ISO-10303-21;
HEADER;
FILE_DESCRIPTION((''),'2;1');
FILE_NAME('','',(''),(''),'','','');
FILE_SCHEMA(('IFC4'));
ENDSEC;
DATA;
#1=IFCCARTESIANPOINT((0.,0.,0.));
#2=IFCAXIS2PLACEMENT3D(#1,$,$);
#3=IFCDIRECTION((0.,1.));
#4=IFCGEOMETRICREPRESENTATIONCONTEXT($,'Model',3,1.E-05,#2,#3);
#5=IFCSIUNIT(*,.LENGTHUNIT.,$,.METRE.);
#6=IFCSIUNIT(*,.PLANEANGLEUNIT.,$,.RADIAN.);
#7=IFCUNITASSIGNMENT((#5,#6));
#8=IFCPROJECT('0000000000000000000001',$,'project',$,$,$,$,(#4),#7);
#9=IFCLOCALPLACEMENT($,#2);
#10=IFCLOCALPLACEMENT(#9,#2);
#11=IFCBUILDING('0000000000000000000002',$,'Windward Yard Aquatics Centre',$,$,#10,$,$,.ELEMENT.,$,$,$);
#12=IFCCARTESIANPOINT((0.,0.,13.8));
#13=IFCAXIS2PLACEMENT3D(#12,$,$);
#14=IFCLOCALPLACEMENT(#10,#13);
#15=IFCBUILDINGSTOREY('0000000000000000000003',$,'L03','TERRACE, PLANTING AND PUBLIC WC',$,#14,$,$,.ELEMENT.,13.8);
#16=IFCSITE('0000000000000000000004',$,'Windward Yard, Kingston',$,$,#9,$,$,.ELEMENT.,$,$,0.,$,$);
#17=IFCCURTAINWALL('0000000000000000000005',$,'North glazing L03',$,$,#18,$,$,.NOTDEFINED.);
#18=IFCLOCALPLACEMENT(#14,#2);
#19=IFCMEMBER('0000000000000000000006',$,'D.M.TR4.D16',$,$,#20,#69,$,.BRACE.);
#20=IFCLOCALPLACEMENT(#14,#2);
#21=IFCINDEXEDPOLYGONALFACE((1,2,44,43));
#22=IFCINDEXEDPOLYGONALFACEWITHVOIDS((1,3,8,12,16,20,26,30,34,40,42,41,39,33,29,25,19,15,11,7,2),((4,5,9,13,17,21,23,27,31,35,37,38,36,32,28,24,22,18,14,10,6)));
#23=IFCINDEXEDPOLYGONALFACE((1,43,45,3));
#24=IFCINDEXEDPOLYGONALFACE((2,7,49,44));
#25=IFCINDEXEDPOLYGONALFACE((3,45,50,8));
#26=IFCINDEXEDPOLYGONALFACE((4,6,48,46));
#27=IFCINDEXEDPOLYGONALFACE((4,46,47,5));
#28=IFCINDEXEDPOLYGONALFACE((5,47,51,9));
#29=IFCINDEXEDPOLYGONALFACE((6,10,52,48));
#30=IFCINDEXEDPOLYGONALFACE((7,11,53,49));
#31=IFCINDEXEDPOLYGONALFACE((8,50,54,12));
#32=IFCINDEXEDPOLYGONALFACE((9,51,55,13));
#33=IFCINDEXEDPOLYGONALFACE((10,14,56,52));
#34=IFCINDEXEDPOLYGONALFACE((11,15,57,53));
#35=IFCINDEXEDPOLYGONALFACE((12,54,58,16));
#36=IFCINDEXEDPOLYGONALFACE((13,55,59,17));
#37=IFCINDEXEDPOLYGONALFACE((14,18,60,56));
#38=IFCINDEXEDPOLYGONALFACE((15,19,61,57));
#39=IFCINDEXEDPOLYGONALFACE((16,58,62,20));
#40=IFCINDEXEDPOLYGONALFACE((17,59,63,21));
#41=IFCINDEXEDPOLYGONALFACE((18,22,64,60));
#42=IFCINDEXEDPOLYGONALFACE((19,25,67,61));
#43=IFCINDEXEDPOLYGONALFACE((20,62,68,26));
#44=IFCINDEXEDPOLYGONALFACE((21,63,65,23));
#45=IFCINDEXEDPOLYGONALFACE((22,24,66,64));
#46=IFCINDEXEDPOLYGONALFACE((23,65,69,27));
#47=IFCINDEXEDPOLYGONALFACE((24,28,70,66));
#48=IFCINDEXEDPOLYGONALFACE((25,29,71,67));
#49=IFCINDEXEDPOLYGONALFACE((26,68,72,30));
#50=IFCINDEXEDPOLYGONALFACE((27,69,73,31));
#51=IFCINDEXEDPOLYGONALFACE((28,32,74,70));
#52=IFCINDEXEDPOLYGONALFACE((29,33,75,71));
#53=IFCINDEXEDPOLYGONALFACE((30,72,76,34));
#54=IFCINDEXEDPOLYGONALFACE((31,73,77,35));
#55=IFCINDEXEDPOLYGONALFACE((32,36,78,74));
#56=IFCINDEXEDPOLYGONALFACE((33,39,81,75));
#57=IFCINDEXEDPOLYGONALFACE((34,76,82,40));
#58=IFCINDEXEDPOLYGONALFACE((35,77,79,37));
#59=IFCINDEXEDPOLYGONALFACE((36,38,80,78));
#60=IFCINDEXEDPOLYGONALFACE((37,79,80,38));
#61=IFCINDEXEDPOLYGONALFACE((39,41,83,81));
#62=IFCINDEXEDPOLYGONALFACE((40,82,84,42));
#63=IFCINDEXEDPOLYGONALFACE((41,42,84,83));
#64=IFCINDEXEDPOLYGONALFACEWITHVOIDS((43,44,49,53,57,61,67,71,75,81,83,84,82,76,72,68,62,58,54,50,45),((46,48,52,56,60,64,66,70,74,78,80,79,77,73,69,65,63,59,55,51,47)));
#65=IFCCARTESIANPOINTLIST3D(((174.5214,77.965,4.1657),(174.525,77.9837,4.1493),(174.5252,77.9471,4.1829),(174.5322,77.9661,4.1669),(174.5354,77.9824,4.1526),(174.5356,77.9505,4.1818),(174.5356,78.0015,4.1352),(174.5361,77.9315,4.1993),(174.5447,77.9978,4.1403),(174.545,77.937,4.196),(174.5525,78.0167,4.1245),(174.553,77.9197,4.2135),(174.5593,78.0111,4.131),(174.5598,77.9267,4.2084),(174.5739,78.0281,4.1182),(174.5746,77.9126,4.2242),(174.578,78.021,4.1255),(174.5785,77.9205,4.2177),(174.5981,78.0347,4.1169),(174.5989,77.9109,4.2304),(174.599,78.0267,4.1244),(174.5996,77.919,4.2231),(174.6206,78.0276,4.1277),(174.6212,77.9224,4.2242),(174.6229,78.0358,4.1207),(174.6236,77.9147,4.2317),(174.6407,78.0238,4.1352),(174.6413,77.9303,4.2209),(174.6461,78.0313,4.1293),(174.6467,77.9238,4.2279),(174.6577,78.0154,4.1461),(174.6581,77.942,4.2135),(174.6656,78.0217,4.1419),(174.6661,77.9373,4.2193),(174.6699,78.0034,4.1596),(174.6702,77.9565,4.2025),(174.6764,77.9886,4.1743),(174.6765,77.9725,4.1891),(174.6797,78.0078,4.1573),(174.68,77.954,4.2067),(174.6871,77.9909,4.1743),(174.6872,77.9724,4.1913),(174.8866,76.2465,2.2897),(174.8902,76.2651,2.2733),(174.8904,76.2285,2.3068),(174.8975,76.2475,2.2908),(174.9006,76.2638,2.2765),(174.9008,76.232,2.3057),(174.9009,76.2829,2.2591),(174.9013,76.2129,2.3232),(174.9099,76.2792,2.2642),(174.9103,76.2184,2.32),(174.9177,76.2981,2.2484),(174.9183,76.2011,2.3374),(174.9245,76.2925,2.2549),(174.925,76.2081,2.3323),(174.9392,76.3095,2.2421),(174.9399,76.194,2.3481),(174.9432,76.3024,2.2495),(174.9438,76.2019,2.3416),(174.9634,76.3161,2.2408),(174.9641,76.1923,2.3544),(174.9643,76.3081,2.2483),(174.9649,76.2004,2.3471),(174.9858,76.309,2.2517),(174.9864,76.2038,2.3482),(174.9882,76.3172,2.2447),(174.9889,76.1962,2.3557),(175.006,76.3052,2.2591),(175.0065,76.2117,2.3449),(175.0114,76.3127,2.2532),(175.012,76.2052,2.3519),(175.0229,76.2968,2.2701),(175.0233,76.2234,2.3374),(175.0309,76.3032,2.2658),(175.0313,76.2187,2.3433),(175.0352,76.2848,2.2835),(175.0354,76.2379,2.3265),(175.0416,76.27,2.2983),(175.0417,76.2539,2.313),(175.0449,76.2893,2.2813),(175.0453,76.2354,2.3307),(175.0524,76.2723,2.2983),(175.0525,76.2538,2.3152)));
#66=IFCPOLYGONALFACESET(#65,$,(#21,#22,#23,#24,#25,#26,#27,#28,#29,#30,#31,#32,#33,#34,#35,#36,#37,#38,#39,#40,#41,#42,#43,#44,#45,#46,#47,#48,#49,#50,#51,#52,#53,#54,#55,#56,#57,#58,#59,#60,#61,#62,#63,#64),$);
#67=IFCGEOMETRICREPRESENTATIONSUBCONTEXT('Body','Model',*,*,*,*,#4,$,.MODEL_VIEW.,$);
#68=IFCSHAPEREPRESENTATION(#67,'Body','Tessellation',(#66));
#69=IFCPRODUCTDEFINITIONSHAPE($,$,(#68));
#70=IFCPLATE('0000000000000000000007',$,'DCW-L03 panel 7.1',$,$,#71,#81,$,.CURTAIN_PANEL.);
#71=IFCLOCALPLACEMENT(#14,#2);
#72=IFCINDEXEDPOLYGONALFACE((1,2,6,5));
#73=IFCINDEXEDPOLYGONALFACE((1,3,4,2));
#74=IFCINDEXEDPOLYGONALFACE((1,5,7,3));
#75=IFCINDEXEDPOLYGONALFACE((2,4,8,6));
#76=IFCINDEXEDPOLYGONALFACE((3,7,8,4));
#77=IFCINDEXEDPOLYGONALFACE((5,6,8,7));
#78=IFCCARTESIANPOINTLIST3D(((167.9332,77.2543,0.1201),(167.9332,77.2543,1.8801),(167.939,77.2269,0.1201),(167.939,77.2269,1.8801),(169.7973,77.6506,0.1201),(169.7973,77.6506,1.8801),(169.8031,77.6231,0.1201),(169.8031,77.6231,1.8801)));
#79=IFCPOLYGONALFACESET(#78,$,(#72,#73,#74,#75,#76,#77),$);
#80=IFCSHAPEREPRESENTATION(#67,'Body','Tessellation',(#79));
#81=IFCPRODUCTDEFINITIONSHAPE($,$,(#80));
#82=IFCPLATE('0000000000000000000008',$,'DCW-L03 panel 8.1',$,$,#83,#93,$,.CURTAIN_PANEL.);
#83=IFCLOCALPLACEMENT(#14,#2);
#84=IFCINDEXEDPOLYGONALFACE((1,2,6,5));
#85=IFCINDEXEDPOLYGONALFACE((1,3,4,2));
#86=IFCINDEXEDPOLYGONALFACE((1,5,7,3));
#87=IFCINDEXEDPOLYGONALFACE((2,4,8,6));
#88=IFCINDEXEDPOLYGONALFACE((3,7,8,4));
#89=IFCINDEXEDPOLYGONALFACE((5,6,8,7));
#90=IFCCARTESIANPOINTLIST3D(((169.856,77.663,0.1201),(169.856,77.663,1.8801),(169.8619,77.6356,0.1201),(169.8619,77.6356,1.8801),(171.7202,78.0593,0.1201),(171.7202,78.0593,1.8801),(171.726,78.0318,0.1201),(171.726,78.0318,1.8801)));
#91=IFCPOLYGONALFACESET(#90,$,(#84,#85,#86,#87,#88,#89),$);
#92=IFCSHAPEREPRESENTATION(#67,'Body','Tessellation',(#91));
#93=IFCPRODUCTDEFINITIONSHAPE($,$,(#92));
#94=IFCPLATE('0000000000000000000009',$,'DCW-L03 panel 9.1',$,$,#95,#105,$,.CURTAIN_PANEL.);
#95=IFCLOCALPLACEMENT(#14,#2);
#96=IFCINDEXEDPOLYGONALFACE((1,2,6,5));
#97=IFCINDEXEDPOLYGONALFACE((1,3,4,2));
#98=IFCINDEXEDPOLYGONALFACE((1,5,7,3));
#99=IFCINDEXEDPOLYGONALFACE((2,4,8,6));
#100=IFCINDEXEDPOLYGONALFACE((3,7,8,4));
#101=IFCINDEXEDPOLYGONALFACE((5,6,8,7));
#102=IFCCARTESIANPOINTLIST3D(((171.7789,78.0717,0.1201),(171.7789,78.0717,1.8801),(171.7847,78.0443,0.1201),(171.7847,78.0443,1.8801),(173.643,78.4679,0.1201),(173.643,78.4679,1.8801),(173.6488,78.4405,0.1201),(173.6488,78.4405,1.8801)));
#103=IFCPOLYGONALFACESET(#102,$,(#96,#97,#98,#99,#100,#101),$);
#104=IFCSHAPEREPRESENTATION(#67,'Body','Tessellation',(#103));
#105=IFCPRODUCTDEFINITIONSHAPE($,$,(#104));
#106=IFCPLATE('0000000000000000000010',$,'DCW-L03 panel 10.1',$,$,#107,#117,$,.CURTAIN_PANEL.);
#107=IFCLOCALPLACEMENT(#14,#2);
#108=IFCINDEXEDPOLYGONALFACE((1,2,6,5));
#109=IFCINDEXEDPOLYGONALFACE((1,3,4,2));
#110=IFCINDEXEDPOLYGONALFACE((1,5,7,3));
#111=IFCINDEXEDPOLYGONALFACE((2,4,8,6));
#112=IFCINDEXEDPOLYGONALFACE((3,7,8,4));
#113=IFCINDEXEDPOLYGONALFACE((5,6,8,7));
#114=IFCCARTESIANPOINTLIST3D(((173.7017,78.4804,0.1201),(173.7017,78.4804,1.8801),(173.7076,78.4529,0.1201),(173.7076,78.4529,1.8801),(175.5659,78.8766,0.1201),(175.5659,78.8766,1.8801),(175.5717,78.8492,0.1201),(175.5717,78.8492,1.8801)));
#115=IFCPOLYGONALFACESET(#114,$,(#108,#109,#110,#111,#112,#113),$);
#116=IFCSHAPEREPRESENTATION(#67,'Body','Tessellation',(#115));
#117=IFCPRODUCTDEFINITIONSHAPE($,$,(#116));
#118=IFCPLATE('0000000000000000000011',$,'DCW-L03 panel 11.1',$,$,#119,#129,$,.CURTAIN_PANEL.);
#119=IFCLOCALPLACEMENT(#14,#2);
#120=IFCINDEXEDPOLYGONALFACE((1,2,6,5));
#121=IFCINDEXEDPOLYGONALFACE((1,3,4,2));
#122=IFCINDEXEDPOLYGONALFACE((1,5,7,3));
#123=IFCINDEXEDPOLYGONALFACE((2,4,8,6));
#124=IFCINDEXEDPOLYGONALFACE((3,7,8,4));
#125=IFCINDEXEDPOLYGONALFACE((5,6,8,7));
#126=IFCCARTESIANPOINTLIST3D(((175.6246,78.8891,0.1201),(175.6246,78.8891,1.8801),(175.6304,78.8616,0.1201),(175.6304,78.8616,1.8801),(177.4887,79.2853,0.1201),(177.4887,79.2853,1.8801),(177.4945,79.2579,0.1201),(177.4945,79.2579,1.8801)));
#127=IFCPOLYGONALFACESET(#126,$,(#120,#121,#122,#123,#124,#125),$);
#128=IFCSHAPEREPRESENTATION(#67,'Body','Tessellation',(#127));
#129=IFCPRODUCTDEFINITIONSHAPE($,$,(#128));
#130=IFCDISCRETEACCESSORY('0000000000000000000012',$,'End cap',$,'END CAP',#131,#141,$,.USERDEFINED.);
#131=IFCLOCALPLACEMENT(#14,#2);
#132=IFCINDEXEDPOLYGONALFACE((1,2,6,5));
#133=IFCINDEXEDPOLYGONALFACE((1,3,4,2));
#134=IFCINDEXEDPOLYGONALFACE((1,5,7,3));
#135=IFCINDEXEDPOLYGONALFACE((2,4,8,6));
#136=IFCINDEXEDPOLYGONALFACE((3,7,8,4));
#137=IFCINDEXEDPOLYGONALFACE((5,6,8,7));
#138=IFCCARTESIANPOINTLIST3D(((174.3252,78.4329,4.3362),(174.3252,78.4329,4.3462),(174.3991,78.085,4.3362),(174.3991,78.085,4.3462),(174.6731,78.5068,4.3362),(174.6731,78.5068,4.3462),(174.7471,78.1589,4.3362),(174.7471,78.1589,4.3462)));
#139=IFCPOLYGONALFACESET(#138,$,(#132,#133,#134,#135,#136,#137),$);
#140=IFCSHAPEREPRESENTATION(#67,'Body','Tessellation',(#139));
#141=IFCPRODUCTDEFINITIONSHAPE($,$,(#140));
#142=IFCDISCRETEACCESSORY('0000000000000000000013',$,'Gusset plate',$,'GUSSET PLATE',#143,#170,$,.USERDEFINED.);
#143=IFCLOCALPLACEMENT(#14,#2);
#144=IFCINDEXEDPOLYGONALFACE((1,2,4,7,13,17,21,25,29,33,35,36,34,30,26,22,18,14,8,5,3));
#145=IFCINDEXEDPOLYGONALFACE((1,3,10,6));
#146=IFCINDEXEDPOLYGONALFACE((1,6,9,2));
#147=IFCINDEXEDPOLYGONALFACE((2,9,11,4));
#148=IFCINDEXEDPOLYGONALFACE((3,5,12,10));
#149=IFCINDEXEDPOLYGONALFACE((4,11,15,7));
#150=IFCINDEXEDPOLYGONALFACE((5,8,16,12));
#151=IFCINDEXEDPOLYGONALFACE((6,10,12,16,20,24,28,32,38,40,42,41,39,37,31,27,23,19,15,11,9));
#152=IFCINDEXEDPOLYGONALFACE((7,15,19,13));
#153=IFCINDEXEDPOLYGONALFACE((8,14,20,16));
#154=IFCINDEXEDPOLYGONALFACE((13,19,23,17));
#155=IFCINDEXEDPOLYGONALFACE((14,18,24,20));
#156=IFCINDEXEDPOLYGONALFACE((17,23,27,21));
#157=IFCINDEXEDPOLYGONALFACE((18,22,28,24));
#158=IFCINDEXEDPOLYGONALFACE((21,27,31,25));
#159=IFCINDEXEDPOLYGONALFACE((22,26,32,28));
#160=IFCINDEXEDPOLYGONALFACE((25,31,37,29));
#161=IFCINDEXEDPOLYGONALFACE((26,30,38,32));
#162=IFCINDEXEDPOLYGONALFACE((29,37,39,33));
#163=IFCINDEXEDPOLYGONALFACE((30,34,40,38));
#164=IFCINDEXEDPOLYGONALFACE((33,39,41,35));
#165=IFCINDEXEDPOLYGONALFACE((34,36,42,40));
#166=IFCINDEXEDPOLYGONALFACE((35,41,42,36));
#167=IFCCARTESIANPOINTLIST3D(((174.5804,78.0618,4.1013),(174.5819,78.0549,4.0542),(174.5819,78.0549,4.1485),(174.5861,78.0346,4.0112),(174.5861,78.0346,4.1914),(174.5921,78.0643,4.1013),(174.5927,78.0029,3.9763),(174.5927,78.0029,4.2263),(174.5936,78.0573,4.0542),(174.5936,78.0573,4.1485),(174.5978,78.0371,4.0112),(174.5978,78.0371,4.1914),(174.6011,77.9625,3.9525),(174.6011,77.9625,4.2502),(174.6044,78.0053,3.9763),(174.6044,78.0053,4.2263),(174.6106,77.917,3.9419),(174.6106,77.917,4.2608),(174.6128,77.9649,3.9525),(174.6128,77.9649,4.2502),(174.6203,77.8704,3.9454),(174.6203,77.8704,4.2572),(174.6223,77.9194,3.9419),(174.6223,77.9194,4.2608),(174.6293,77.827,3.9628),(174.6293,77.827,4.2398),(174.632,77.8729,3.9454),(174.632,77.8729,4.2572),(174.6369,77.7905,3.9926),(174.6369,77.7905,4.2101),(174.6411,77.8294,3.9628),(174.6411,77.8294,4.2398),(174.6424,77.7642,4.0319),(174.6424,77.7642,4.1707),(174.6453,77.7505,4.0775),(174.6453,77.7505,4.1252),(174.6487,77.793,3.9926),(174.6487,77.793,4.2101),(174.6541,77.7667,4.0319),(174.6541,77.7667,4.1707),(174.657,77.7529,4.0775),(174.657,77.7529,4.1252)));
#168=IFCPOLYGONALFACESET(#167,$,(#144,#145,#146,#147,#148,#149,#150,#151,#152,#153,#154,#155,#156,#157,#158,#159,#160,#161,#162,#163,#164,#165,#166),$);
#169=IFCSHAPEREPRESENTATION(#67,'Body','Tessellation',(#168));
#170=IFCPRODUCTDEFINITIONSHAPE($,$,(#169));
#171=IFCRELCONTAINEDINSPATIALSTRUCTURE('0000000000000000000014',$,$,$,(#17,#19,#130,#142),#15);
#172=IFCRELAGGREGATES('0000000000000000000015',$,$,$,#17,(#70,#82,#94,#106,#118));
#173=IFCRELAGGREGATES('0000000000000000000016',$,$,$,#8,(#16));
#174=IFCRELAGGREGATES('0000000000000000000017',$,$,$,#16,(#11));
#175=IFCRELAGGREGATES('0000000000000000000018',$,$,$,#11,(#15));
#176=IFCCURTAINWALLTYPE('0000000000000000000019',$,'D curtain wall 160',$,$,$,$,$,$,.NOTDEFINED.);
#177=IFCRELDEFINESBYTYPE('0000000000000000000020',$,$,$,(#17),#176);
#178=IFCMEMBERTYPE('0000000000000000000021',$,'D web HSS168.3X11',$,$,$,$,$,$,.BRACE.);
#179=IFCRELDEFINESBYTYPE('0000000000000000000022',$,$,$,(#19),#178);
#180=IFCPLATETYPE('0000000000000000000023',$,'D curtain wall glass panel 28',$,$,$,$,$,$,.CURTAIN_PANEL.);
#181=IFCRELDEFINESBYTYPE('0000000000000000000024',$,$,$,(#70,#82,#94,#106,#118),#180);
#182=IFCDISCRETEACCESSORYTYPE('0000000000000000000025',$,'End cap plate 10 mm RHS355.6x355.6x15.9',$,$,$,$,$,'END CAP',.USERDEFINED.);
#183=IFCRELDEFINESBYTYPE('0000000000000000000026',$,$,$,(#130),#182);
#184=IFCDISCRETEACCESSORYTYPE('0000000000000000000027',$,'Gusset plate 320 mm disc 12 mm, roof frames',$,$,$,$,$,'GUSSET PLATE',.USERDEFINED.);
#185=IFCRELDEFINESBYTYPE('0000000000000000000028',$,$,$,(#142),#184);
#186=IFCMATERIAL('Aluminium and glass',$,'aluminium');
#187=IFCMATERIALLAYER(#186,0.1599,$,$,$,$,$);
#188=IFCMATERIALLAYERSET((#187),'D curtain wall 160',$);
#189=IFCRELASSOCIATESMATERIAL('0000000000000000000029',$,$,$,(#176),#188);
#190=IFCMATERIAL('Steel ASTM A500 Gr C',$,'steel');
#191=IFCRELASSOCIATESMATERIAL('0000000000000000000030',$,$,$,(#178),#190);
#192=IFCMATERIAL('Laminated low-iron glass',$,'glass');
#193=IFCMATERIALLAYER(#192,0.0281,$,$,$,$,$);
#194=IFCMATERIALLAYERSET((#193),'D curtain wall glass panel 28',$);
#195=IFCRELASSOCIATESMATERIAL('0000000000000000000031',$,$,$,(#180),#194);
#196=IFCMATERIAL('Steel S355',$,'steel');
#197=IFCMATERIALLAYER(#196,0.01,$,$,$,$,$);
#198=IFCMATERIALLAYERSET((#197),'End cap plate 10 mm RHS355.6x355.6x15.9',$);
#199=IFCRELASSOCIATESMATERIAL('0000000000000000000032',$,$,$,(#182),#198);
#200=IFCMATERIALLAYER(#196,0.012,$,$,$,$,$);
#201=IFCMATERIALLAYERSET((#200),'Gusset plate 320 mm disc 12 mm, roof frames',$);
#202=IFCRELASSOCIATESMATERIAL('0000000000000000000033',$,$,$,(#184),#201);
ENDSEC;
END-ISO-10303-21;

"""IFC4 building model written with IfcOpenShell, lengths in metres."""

from ifc_helpers import new_model, si_unit, direction, frame, origin, origin_2d, place, context, subcontext, project, spatial, rectangle, circle, hollow_circle, extrude, material, layer, layer_set, material_profile, profile_set, type_object, element, aggregate, save


model = new_model("IFC4")

# Units and contexts
model_context = context("Model", 3, precision=1e-05, world=origin(), true_north=direction((0.0, 1.0)))
body_context = subcontext(model_context, "Body", "Model", "MODEL_VIEW")
ifc_project = project(units=[si_unit("LENGTHUNIT", "METRE"), si_unit("PLANEANGLEUNIT", "RADIAN")], contexts=[model_context])

# Site, building, storey
site_placement = place(None, origin())
site = spatial("IfcSite", under=ifc_project, at=site_placement, Name="Windward Yard, Kingston", CompositionType="ELEMENT", RefElevation=0.0)
building_placement = place(site_placement, origin())
building = spatial("IfcBuilding", under=site, at=building_placement, Name="Windward Yard Aquatics Centre", CompositionType="ELEMENT")
storey_placement = place(building_placement, frame((0.0, 0.0, 13.8)))
storey = spatial("IfcBuildingStorey", under=building, at=storey_placement, Name="L03", Description="TERRACE, PLANTING AND PUBLIC WC", CompositionType="ELEMENT", Elevation=13.8)

# Shared definitions
ifc_material_1 = material(Name="Steel ASTM A500 Gr C", Category="steel")

# Curtain wall
ifc_material_2 = material(Name="Aluminium and glass", Category="aluminium")
ifc_layer_1 = layer(ifc_material_2, 0.1599)
ifc_layer_set_1 = layer_set([ifc_layer_1], Name="D curtain wall 160")
curtain_wall_type = type_object("IfcCurtainWallType", Name="D curtain wall 160", PredefinedType="NOTDEFINED", material=ifc_layer_set_1)
curtain_wall_placement = place(storey_placement, origin())
curtain_wall = element("IfcCurtainWall", 1, at=curtain_wall_placement, inside=storey, type_object=curtain_wall_type, Name="North glazing L03", PredefinedType="NOTDEFINED")

# Member
ifc_material_profile_1 = material_profile(ifc_material_1, hollow_circle(Radius=0.0842, WallThickness=0.011, at=origin_2d()), Name="HSS168.3X11")
ifc_profile_set_1 = profile_set([ifc_material_profile_1], Name="Steel ASTM A500 Gr C")
member_type_1 = type_object("IfcMemberType", Name="D web HSS168.3X11", PredefinedType="BRACE", material=ifc_profile_set_1)
member_1_placement = place(storey_placement, frame((174.6047, 77.9734, 4.1743), z_axis=(0.142103, -0.668626, -0.729894), x_axis=(0.978153, 0.207887, 0.0)))
element("IfcMember", 2, at=member_1_placement, inside=storey, type_object=member_type_1, Name="D.M.TR4.D16", PredefinedType="BRACE", context=body_context, shape_type="SweptSolid", body=[
    extrude(hollow_circle(Radius=0.0842, WallThickness=0.011, at=origin_2d()), origin(), (0.0, 0.0, 1.0), 2.5703),
])

# Plates
ifc_material_3 = material(Name="Laminated low-iron glass", Category="glass")
ifc_layer_2 = layer(ifc_material_3, 0.0281)
ifc_layer_set_2 = layer_set([ifc_layer_2], Name="D curtain wall glass panel 28")
plate_type = type_object("IfcPlateType", Name="D curtain wall glass panel 28", PredefinedType="CURTAIN_PANEL", material=ifc_layer_set_2)
plate_1_placement = place(storey_placement, frame((168.8682, 77.4387, 0.1201), z_axis=(0.0, 0.0, 1.0), x_axis=(0.978148, 0.207912, 0.0)))
plate_1 = element("IfcPlate", 3, at=plate_1_placement, type_object=plate_type, Name="DCW-L03 panel 7.1", PredefinedType="CURTAIN_PANEL", context=body_context, shape_type="SweptSolid", body=[
    extrude(rectangle(XDim=1.9058, YDim=0.0281, at=origin_2d()), origin(), (0.0, 0.0, 1.0), 1.76),
])
plate_2_placement = place(storey_placement, frame((170.791, 77.8474, 0.1201), z_axis=(0.0, 0.0, 1.0), x_axis=(0.978148, 0.207912, 0.0)))
plate_2 = element("IfcPlate", 4, at=plate_2_placement, type_object=plate_type, Name="DCW-L03 panel 8.1", PredefinedType="CURTAIN_PANEL", context=body_context, shape_type="SweptSolid", body=[
    extrude(rectangle(XDim=1.9058, YDim=0.0281, at=origin_2d()), origin(), (0.0, 0.0, 1.0), 1.76),
])
plate_3_placement = place(storey_placement, frame((172.7139, 78.2561, 0.1201), z_axis=(0.0, 0.0, 1.0), x_axis=(0.978148, 0.207912, 0.0)))
plate_3 = element("IfcPlate", 5, at=plate_3_placement, type_object=plate_type, Name="DCW-L03 panel 9.1", PredefinedType="CURTAIN_PANEL", context=body_context, shape_type="SweptSolid", body=[
    extrude(rectangle(XDim=1.9058, YDim=0.0281, at=origin_2d()), origin(), (0.0, 0.0, 1.0), 1.76),
])
plate_4_placement = place(storey_placement, frame((174.6367, 78.6648, 0.1201), z_axis=(0.0, 0.0, 1.0), x_axis=(0.978148, 0.207912, 0.0)))
plate_4 = element("IfcPlate", 6, at=plate_4_placement, type_object=plate_type, Name="DCW-L03 panel 10.1", PredefinedType="CURTAIN_PANEL", context=body_context, shape_type="SweptSolid", body=[
    extrude(rectangle(XDim=1.9058, YDim=0.0281, at=origin_2d()), origin(), (0.0, 0.0, 1.0), 1.76),
])
plate_5_placement = place(storey_placement, frame((176.5596, 79.0735, 0.1201), z_axis=(0.0, 0.0, 1.0), x_axis=(0.978148, 0.207912, 0.0)))
plate_5 = element("IfcPlate", 7, at=plate_5_placement, type_object=plate_type, Name="DCW-L03 panel 11.1", PredefinedType="CURTAIN_PANEL", context=body_context, shape_type="SweptSolid", body=[
    extrude(rectangle(XDim=1.9058, YDim=0.0281, at=origin_2d()), origin(), (0.0, 0.0, 1.0), 1.76),
])
aggregate(curtain_wall, [plate_1, plate_2, plate_3, plate_4, plate_5])

# Discrete accessories
ifc_material_4 = material(Name="Steel S355", Category="steel")
ifc_layer_3 = layer(ifc_material_4, 0.01)
ifc_layer_set_3 = layer_set([ifc_layer_3], Name="End cap plate 10 mm RHS355.6x355.6x15.9")
discrete_accessory_type_1 = type_object("IfcDiscreteAccessoryType", Name="End cap plate 10 mm RHS355.6x355.6x15.9", ElementType="END CAP", PredefinedType="USERDEFINED", material=ifc_layer_set_3)
discrete_accessory_1_placement = place(storey_placement, frame((174.5361, 78.2959, 4.3362), z_axis=(0.0, 0.0, 1.0), x_axis=(0.978148, 0.207912, 0.0)))
element("IfcDiscreteAccessory", 8, at=discrete_accessory_1_placement, inside=storey, type_object=discrete_accessory_type_1, Name="End cap", ObjectType="END CAP", PredefinedType="USERDEFINED", context=body_context, shape_type="SweptSolid", body=[
    extrude(rectangle(XDim=0.3557, YDim=0.3557, at=origin_2d()), origin(), (0.0, 0.0, 1.0), 0.01),
])
ifc_layer_4 = layer(ifc_material_4, 0.012)
ifc_layer_set_4 = layer_set([ifc_layer_4], Name="Gusset plate 320 mm disc 12 mm, roof frames")
discrete_accessory_type_2 = type_object("IfcDiscreteAccessoryType", Name="Gusset plate 320 mm disc 12 mm, roof frames", ElementType="GUSSET PLATE", PredefinedType="USERDEFINED", material=ifc_layer_set_4)
discrete_accessory_2_placement = place(storey_placement, frame((174.613, 77.9053, 4.1013), z_axis=(0.97898, 0.203954, 0.0), x_axis=(-0.203954, 0.97898, 0.0)))
element("IfcDiscreteAccessory", 9, at=discrete_accessory_2_placement, inside=storey, type_object=discrete_accessory_type_2, Name="Gusset plate", ObjectType="GUSSET PLATE", PredefinedType="USERDEFINED", context=body_context, shape_type="SweptSolid", body=[
    extrude(circle(Radius=0.1599, at=origin_2d()), origin(), (0.0, 0.0, 1.0), 0.012),
])

save(model, "model.ifc")
